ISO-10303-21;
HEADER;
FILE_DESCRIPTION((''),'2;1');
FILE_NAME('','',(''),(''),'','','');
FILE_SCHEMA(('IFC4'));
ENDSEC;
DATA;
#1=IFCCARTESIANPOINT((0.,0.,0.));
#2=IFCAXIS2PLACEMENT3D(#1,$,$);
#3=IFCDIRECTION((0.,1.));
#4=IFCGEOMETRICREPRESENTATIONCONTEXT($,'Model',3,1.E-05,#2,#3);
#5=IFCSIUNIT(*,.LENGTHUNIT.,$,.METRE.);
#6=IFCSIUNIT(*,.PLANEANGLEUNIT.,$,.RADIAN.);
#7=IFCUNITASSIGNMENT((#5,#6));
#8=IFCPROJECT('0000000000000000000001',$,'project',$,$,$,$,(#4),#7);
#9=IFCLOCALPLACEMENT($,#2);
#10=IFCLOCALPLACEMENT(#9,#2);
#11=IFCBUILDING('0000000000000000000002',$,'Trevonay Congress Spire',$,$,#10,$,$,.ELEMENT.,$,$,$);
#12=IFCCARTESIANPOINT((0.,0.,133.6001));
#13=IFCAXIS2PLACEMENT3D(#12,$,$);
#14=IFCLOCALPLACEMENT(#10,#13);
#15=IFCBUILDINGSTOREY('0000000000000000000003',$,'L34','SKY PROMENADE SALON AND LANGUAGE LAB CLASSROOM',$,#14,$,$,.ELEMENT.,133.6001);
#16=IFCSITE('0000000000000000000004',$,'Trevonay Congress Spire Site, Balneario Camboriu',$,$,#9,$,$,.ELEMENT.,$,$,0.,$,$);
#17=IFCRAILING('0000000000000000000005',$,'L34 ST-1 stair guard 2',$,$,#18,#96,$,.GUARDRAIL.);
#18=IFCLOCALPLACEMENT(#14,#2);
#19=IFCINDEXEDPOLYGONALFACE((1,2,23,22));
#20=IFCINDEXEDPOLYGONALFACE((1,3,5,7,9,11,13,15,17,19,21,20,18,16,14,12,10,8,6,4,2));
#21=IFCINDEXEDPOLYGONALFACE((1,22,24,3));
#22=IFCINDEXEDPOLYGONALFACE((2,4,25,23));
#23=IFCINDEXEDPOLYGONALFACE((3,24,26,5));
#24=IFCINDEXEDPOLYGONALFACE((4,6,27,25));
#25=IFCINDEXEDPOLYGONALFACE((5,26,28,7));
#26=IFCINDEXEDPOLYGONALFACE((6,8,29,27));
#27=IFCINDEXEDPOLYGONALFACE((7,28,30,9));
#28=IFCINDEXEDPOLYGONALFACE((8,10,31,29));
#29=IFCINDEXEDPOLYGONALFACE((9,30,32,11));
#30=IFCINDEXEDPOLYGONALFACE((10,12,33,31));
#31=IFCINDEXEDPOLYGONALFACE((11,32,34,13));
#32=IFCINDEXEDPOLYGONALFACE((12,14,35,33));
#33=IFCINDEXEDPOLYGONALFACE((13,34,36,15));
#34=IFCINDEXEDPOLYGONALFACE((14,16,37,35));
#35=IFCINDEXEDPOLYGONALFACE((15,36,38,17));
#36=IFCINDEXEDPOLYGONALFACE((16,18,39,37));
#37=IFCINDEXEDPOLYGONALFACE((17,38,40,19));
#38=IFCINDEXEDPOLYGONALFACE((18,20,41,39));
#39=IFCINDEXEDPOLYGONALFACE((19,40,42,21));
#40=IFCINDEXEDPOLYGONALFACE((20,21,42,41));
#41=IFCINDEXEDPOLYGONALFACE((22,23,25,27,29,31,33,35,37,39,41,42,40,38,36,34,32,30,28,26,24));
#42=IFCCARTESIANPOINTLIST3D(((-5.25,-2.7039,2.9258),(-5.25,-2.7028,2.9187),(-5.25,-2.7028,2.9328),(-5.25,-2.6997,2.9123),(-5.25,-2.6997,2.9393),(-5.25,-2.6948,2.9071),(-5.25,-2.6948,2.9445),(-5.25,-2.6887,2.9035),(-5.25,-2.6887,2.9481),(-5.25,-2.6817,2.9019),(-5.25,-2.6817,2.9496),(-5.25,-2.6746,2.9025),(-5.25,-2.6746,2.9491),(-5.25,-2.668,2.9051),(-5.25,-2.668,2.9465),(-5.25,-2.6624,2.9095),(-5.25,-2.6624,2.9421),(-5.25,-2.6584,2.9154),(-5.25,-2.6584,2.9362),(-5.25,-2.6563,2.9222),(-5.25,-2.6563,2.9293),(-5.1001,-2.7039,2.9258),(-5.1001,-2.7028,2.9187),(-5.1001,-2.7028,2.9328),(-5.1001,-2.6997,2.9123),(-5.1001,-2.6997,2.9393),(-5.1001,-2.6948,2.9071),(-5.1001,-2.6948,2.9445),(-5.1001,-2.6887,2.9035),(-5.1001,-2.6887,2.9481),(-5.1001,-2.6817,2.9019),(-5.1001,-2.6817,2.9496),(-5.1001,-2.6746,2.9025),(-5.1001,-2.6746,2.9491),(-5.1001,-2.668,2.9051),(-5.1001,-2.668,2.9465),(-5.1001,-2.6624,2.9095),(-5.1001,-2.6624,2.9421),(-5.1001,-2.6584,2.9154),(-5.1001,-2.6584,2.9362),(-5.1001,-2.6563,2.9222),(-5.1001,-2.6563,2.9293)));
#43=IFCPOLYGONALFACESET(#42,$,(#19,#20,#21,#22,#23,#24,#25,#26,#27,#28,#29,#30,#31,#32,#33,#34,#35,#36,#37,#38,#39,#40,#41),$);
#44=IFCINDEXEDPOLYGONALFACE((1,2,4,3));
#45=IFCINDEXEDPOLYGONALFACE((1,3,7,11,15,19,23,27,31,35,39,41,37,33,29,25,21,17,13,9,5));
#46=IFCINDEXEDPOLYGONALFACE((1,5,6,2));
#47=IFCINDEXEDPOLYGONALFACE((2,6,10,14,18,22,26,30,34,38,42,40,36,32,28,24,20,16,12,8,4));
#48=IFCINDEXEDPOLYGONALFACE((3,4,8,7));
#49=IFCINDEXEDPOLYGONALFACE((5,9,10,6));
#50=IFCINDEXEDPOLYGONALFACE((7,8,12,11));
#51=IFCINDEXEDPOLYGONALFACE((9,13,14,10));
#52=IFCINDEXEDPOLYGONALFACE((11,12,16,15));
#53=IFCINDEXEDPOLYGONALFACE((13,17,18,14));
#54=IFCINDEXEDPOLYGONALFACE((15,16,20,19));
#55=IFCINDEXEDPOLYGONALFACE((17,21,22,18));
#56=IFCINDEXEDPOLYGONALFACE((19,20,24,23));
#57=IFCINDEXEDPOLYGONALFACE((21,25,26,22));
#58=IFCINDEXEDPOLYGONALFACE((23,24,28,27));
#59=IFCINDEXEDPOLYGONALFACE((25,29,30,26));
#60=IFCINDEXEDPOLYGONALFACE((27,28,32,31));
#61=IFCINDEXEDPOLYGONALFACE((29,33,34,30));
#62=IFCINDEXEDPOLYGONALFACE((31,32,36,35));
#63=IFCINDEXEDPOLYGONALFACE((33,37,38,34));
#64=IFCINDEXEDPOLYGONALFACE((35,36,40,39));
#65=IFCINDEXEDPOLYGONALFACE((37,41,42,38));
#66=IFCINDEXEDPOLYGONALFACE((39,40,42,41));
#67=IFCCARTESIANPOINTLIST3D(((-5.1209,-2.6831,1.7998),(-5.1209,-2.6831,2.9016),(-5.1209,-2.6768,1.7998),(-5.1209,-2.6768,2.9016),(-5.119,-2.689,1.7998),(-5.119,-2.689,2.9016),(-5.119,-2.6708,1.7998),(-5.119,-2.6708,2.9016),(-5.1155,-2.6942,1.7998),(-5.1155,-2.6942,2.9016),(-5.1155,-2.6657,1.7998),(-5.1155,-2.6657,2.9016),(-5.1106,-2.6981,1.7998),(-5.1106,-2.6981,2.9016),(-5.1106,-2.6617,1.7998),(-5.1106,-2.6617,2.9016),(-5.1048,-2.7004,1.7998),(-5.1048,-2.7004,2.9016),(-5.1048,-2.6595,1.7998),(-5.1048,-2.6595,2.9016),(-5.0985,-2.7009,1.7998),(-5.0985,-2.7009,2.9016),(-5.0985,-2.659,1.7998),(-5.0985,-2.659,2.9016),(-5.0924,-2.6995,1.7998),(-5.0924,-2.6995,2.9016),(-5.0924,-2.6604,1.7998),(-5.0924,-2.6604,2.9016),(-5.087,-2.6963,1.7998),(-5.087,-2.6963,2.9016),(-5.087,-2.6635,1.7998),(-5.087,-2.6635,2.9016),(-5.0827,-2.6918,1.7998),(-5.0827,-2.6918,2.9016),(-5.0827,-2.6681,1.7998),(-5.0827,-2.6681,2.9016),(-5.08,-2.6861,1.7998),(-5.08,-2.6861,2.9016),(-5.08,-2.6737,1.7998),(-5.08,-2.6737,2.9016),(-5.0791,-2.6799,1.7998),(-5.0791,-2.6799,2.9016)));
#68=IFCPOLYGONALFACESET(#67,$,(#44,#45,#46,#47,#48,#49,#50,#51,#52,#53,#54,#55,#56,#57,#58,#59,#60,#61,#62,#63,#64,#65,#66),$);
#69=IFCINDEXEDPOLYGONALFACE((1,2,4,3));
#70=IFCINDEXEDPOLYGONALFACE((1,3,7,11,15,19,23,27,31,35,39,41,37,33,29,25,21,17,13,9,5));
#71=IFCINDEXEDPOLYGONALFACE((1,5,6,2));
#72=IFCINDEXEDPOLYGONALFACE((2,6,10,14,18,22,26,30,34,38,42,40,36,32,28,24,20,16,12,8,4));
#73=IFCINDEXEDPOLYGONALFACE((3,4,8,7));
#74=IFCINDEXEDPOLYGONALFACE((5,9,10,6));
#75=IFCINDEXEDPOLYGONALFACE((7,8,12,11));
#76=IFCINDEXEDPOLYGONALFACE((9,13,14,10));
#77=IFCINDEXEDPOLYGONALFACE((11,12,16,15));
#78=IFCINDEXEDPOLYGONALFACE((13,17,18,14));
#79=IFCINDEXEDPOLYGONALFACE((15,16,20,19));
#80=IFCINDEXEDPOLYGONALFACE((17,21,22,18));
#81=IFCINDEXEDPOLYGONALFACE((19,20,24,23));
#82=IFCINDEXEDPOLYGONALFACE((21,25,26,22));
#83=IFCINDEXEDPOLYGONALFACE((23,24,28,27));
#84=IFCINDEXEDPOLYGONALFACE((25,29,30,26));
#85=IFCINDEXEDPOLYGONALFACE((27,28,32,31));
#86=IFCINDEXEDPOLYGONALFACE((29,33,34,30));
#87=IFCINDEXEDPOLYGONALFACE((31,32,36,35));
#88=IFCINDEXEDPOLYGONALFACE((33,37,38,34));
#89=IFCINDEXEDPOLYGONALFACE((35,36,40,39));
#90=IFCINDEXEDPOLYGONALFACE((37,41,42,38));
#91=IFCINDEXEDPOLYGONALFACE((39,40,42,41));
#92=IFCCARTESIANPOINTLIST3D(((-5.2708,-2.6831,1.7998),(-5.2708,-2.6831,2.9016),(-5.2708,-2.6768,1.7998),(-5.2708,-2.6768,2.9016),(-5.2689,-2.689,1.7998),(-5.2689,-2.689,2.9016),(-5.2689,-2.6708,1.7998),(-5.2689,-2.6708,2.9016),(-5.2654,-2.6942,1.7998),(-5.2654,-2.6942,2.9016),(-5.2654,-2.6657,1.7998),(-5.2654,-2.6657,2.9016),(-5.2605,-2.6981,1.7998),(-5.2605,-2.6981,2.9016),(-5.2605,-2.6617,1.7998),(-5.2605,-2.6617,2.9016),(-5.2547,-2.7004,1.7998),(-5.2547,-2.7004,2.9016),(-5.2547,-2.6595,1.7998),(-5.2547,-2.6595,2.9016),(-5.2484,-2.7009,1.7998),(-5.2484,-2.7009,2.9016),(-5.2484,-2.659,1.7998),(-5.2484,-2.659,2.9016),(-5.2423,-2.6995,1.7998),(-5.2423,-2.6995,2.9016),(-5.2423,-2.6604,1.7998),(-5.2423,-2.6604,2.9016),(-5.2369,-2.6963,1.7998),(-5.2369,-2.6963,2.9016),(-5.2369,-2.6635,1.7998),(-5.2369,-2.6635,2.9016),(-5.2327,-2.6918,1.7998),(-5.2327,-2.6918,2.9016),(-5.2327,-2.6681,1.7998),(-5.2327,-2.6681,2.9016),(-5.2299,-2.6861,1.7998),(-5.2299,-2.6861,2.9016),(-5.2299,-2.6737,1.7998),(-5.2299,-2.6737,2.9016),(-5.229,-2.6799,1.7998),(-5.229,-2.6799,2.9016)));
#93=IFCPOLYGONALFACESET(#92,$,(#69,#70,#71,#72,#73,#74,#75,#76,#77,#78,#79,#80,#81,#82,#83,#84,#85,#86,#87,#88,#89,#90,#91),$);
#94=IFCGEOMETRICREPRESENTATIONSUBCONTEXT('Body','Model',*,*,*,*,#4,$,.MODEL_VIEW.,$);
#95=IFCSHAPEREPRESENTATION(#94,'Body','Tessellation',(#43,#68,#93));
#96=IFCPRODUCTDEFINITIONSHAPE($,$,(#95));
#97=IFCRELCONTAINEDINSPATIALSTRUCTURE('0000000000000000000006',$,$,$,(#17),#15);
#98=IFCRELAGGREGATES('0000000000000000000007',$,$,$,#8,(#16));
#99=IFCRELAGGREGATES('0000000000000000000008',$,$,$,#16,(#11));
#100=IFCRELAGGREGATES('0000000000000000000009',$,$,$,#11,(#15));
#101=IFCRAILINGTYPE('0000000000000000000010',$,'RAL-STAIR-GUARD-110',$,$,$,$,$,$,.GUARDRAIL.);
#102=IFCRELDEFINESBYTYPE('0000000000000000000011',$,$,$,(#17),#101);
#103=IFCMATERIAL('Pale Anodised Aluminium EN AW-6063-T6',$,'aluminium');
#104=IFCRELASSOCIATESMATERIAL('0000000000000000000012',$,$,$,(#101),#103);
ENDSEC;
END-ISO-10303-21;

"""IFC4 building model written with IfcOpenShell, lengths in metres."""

from ifc_helpers import new_model, si_unit, direction, frame, origin, origin_2d, place, context, subcontext, project, spatial, circle, extrude, material, type_object, element, save


model = new_model("IFC4")

# Units and contexts
model_context = context("Model", 3, precision=1e-05, world=origin(), true_north=direction((0.0, 1.0)))
body_context = subcontext(model_context, "Body", "Model", "MODEL_VIEW")
ifc_project = project(units=[si_unit("LENGTHUNIT", "METRE"), si_unit("PLANEANGLEUNIT", "RADIAN")], contexts=[model_context])

# Site, building, storey
site_placement = place(None, origin())
site = spatial("IfcSite", under=ifc_project, at=site_placement, Name="Trevonay Congress Spire Site, Balneario Camboriu", CompositionType="ELEMENT", RefElevation=0.0)
building_placement = place(site_placement, origin())
building = spatial("IfcBuilding", under=site, at=building_placement, Name="Trevonay Congress Spire", CompositionType="ELEMENT")
storey_placement = place(building_placement, frame((0.0, 0.0, 133.6001)))
storey = spatial("IfcBuildingStorey", under=building, at=storey_placement, Name="L34", Description="SKY PROMENADE SALON AND LANGUAGE LAB CLASSROOM", CompositionType="ELEMENT", Elevation=133.6001)

# Railing
ifc_material_1 = material(Name="Pale Anodised Aluminium EN AW-6063-T6", Category="aluminium")
railing_type_1 = type_object("IfcRailingType", Name="RAL-STAIR-GUARD-110", PredefinedType="GUARDRAIL", material=ifc_material_1)
railing_1_placement = place(storey_placement, frame((-5.1001, -2.6799, 1.7998)))
element("IfcRailing", 1, at=railing_1_placement, inside=storey, type_object=railing_type_1, Name="L34 ST-1 stair guard 2", PredefinedType="GUARDRAIL", context=body_context, shape_type="SweptSolid", body=[
    extrude(circle(Radius=0.0239, at=origin_2d()), frame((0.0, 0.0, 1.126), z_axis=(-1.0, 0.0, 0.0), x_axis=(0.0, -1.0, 0.0)), (0.0, 0.0, 1.0), 0.1499),
    extrude(circle(Radius=0.021, at=origin_2d()), origin(), (0.0, 0.0, 1.0), 1.1018),
    extrude(circle(Radius=0.021, at=origin_2d()), frame((-0.1499, 0.0, 0.0)), (0.0, 0.0, 1.0), 1.1018),
])

save(model, "model.ifc")
